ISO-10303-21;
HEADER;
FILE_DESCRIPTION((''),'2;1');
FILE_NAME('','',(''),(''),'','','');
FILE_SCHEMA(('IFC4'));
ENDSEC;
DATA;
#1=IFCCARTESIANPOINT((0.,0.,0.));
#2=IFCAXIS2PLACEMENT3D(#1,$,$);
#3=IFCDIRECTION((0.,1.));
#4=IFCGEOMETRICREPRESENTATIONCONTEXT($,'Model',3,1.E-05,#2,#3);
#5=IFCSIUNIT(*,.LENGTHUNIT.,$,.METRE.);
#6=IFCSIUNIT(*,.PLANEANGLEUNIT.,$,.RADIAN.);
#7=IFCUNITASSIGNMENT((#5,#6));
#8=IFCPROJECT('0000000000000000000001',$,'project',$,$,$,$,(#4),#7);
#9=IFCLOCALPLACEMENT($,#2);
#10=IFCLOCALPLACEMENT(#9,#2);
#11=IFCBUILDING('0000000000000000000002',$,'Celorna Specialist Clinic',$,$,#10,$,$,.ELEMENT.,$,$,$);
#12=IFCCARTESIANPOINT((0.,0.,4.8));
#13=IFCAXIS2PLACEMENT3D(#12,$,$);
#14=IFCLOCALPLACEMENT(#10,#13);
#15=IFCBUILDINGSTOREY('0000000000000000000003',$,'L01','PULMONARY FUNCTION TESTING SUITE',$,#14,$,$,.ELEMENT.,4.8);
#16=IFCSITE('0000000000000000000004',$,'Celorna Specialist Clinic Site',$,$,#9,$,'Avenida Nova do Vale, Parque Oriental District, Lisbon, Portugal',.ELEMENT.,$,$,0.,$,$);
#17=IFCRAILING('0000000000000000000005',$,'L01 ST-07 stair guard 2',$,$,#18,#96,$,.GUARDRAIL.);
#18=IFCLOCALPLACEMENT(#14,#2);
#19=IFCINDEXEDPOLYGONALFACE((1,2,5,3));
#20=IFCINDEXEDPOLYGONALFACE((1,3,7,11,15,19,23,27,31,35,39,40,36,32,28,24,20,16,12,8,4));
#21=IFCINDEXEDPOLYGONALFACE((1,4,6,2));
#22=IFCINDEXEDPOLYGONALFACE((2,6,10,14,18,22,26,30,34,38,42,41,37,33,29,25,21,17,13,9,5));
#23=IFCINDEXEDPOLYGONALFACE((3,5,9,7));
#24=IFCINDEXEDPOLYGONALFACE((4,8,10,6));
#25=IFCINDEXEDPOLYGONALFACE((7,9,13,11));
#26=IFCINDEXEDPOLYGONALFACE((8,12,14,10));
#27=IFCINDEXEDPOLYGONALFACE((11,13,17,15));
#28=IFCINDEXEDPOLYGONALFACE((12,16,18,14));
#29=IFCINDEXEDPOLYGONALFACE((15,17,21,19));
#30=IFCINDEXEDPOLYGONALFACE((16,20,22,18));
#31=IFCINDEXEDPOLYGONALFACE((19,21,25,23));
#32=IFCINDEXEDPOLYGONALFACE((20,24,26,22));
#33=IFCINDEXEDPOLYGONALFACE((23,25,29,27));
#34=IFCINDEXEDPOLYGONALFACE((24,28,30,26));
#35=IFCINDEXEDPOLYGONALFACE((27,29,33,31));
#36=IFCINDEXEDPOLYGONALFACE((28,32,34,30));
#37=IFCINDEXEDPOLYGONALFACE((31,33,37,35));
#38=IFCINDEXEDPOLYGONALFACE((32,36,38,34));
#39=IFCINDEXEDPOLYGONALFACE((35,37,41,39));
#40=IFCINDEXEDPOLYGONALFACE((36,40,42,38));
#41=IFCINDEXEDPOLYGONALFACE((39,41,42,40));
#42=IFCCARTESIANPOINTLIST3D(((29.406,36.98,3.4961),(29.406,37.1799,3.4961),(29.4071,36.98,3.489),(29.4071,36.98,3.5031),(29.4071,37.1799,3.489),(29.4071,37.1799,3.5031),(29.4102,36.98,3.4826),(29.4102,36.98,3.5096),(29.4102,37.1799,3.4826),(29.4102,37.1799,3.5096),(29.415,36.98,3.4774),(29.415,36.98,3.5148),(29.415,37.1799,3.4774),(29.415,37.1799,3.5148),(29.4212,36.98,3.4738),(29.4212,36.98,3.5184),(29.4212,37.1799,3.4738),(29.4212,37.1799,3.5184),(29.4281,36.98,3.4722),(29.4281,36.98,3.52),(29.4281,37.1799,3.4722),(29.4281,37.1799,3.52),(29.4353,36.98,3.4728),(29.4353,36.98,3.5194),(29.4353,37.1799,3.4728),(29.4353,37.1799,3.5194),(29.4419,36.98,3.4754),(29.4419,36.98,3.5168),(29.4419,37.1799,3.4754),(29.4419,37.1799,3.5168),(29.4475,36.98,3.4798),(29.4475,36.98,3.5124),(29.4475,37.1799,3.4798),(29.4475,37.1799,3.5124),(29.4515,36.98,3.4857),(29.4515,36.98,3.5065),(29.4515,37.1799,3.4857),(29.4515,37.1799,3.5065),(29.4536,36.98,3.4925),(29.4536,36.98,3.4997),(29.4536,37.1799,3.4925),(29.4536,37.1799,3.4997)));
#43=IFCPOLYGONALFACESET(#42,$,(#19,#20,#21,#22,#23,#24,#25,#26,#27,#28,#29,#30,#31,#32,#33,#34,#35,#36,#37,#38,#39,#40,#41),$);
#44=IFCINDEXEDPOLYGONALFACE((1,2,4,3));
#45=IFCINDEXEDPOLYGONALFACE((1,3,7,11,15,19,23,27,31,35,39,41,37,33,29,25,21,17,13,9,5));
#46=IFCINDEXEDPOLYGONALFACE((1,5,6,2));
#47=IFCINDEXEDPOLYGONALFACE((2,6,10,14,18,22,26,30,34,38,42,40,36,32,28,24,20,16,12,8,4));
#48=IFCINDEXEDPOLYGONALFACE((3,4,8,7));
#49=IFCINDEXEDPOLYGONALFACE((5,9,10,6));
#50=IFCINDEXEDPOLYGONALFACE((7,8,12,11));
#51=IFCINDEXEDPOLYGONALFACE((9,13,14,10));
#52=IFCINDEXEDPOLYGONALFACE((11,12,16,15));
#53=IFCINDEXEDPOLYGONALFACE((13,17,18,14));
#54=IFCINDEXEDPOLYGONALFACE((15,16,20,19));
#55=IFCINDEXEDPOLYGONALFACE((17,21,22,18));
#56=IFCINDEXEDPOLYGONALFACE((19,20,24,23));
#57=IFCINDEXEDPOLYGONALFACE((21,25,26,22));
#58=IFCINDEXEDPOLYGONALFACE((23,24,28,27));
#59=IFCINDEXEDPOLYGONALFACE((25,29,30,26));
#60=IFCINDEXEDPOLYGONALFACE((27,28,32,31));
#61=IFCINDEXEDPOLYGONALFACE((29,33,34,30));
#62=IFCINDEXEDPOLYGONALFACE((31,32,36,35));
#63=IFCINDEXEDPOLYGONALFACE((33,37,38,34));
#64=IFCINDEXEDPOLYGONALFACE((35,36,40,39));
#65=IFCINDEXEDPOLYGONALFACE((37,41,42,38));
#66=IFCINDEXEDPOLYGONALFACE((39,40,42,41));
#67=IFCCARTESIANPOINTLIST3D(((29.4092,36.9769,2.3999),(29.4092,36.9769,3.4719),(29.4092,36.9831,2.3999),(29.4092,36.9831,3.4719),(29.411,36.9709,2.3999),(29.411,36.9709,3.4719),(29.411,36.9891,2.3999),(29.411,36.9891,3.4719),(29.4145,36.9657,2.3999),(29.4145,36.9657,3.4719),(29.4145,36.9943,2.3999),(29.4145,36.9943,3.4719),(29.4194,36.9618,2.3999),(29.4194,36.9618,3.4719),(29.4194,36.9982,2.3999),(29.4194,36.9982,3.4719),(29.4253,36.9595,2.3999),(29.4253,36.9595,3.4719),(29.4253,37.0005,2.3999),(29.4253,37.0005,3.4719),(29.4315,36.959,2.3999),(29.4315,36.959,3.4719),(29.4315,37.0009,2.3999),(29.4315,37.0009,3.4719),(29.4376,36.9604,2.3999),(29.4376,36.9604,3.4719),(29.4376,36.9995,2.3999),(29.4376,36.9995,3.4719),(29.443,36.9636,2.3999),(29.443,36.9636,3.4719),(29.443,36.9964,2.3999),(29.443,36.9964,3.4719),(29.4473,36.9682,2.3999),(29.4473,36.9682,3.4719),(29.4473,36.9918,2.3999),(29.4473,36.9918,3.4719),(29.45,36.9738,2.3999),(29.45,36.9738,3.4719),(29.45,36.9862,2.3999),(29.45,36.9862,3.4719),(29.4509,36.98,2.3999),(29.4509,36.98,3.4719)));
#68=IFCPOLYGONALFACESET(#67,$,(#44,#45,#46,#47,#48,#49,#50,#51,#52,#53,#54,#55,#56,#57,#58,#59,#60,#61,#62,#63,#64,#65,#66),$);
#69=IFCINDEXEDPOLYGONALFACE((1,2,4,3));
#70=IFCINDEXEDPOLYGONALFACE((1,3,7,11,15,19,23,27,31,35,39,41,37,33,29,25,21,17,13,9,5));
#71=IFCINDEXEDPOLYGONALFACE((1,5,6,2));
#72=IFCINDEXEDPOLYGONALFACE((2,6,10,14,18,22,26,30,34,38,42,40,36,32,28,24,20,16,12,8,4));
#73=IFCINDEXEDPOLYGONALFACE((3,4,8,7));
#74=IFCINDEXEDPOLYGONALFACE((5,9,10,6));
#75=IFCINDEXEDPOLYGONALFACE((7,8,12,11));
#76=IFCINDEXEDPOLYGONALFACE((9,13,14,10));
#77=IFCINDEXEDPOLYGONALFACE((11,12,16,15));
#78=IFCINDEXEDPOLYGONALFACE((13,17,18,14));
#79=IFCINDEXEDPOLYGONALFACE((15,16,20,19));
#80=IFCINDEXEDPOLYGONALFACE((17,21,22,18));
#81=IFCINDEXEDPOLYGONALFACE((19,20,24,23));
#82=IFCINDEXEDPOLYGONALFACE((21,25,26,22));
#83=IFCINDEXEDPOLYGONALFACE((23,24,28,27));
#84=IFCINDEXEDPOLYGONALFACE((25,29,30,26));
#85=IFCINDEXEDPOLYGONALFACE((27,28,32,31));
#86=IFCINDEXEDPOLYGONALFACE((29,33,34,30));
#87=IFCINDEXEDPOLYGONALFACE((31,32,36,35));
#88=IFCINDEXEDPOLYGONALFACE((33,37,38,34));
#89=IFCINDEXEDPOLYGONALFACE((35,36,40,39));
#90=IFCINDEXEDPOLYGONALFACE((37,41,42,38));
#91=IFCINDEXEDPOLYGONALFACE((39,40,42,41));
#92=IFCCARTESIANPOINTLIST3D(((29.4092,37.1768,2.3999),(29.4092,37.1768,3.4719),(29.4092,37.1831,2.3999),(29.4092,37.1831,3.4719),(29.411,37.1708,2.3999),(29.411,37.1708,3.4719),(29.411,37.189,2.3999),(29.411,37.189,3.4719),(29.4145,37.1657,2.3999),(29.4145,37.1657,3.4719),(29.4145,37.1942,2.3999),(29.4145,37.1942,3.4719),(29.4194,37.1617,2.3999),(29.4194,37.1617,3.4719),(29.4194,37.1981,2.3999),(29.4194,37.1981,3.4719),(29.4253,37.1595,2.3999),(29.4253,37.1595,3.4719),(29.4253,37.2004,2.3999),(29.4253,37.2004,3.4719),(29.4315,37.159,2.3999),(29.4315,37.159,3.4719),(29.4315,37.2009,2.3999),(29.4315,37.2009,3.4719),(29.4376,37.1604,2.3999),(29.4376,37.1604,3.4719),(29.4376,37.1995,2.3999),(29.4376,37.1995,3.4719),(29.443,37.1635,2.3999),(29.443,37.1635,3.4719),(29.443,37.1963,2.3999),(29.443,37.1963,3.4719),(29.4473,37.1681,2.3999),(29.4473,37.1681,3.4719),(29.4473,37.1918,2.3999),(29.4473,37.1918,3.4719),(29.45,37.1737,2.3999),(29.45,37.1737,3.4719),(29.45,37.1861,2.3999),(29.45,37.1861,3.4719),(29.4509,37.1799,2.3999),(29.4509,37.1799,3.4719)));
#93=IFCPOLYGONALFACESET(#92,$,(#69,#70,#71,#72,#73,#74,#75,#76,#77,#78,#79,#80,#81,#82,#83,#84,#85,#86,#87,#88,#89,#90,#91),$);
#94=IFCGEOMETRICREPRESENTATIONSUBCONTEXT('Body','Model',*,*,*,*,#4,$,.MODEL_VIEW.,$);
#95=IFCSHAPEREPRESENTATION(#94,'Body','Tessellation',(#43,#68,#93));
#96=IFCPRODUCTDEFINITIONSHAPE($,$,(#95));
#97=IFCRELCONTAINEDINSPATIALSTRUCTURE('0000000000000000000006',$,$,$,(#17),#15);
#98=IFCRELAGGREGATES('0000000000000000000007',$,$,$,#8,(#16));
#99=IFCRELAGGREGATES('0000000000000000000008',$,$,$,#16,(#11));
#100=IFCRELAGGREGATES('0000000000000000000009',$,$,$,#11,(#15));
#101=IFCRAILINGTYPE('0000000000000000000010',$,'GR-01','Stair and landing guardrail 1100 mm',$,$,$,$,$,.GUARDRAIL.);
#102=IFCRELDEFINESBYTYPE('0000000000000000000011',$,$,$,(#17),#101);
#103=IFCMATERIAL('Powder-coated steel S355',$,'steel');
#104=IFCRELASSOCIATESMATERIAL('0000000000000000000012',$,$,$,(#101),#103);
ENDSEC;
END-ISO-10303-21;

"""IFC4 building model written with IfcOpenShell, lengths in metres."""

from ifc_helpers import new_model, si_unit, direction, frame, origin, origin_2d, place, context, subcontext, project, spatial, circle, extrude, material, type_object, element, save


model = new_model("IFC4")

# Units and contexts
model_context = context("Model", 3, precision=1e-05, world=origin(), true_north=direction((0.0, 1.0)))
body_context = subcontext(model_context, "Body", "Model", "MODEL_VIEW")
ifc_project = project(units=[si_unit("LENGTHUNIT", "METRE"), si_unit("PLANEANGLEUNIT", "RADIAN")], contexts=[model_context])

# Site, building, storey
site_placement = place(None, origin())
site = spatial("IfcSite", under=ifc_project, at=site_placement, Name="Celorna Specialist Clinic Site", LongName="Avenida Nova do Vale, Parque Oriental District, Lisbon, Portugal", CompositionType="ELEMENT", RefElevation=0.0)
building_placement = place(site_placement, origin())
building = spatial("IfcBuilding", under=site, at=building_placement, Name="Celorna Specialist Clinic", CompositionType="ELEMENT")
storey_placement = place(building_placement, frame((0.0, 0.0, 4.8)))
storey = spatial("IfcBuildingStorey", under=building, at=storey_placement, Name="L01", Description="PULMONARY FUNCTION TESTING SUITE", CompositionType="ELEMENT", Elevation=4.8)

# Railing
ifc_material_1 = material(Name="Powder-coated steel S355", Category="steel")
railing_type_1 = type_object("IfcRailingType", Name="GR-01", Description="Stair and landing guardrail 1100 mm", PredefinedType="GUARDRAIL", material=ifc_material_1)
railing_1_placement = place(storey_placement, frame((29.4299, 36.98, 2.3999)))
element("IfcRailing", 1, at=railing_1_placement, inside=storey, type_object=railing_type_1, Name="L01 ST-07 stair guard 2", PredefinedType="GUARDRAIL", context=body_context, shape_type="SweptSolid", body=[
    extrude(circle(Radius=0.0239, at=origin_2d()), frame((0.0, 0.0, 1.0962), z_axis=(0.0, 1.0, 0.0), x_axis=(-1.0, 0.0, 0.0)), (0.0, 0.0, 1.0), 0.2),
    extrude(circle(Radius=0.021, at=origin_2d()), origin(), (0.0, 0.0, 1.0), 1.072),
    extrude(circle(Radius=0.021, at=origin_2d()), frame((0.0, 0.2, 0.0)), (0.0, 0.0, 1.0), 1.072),
])

save(model, "model.ifc")
